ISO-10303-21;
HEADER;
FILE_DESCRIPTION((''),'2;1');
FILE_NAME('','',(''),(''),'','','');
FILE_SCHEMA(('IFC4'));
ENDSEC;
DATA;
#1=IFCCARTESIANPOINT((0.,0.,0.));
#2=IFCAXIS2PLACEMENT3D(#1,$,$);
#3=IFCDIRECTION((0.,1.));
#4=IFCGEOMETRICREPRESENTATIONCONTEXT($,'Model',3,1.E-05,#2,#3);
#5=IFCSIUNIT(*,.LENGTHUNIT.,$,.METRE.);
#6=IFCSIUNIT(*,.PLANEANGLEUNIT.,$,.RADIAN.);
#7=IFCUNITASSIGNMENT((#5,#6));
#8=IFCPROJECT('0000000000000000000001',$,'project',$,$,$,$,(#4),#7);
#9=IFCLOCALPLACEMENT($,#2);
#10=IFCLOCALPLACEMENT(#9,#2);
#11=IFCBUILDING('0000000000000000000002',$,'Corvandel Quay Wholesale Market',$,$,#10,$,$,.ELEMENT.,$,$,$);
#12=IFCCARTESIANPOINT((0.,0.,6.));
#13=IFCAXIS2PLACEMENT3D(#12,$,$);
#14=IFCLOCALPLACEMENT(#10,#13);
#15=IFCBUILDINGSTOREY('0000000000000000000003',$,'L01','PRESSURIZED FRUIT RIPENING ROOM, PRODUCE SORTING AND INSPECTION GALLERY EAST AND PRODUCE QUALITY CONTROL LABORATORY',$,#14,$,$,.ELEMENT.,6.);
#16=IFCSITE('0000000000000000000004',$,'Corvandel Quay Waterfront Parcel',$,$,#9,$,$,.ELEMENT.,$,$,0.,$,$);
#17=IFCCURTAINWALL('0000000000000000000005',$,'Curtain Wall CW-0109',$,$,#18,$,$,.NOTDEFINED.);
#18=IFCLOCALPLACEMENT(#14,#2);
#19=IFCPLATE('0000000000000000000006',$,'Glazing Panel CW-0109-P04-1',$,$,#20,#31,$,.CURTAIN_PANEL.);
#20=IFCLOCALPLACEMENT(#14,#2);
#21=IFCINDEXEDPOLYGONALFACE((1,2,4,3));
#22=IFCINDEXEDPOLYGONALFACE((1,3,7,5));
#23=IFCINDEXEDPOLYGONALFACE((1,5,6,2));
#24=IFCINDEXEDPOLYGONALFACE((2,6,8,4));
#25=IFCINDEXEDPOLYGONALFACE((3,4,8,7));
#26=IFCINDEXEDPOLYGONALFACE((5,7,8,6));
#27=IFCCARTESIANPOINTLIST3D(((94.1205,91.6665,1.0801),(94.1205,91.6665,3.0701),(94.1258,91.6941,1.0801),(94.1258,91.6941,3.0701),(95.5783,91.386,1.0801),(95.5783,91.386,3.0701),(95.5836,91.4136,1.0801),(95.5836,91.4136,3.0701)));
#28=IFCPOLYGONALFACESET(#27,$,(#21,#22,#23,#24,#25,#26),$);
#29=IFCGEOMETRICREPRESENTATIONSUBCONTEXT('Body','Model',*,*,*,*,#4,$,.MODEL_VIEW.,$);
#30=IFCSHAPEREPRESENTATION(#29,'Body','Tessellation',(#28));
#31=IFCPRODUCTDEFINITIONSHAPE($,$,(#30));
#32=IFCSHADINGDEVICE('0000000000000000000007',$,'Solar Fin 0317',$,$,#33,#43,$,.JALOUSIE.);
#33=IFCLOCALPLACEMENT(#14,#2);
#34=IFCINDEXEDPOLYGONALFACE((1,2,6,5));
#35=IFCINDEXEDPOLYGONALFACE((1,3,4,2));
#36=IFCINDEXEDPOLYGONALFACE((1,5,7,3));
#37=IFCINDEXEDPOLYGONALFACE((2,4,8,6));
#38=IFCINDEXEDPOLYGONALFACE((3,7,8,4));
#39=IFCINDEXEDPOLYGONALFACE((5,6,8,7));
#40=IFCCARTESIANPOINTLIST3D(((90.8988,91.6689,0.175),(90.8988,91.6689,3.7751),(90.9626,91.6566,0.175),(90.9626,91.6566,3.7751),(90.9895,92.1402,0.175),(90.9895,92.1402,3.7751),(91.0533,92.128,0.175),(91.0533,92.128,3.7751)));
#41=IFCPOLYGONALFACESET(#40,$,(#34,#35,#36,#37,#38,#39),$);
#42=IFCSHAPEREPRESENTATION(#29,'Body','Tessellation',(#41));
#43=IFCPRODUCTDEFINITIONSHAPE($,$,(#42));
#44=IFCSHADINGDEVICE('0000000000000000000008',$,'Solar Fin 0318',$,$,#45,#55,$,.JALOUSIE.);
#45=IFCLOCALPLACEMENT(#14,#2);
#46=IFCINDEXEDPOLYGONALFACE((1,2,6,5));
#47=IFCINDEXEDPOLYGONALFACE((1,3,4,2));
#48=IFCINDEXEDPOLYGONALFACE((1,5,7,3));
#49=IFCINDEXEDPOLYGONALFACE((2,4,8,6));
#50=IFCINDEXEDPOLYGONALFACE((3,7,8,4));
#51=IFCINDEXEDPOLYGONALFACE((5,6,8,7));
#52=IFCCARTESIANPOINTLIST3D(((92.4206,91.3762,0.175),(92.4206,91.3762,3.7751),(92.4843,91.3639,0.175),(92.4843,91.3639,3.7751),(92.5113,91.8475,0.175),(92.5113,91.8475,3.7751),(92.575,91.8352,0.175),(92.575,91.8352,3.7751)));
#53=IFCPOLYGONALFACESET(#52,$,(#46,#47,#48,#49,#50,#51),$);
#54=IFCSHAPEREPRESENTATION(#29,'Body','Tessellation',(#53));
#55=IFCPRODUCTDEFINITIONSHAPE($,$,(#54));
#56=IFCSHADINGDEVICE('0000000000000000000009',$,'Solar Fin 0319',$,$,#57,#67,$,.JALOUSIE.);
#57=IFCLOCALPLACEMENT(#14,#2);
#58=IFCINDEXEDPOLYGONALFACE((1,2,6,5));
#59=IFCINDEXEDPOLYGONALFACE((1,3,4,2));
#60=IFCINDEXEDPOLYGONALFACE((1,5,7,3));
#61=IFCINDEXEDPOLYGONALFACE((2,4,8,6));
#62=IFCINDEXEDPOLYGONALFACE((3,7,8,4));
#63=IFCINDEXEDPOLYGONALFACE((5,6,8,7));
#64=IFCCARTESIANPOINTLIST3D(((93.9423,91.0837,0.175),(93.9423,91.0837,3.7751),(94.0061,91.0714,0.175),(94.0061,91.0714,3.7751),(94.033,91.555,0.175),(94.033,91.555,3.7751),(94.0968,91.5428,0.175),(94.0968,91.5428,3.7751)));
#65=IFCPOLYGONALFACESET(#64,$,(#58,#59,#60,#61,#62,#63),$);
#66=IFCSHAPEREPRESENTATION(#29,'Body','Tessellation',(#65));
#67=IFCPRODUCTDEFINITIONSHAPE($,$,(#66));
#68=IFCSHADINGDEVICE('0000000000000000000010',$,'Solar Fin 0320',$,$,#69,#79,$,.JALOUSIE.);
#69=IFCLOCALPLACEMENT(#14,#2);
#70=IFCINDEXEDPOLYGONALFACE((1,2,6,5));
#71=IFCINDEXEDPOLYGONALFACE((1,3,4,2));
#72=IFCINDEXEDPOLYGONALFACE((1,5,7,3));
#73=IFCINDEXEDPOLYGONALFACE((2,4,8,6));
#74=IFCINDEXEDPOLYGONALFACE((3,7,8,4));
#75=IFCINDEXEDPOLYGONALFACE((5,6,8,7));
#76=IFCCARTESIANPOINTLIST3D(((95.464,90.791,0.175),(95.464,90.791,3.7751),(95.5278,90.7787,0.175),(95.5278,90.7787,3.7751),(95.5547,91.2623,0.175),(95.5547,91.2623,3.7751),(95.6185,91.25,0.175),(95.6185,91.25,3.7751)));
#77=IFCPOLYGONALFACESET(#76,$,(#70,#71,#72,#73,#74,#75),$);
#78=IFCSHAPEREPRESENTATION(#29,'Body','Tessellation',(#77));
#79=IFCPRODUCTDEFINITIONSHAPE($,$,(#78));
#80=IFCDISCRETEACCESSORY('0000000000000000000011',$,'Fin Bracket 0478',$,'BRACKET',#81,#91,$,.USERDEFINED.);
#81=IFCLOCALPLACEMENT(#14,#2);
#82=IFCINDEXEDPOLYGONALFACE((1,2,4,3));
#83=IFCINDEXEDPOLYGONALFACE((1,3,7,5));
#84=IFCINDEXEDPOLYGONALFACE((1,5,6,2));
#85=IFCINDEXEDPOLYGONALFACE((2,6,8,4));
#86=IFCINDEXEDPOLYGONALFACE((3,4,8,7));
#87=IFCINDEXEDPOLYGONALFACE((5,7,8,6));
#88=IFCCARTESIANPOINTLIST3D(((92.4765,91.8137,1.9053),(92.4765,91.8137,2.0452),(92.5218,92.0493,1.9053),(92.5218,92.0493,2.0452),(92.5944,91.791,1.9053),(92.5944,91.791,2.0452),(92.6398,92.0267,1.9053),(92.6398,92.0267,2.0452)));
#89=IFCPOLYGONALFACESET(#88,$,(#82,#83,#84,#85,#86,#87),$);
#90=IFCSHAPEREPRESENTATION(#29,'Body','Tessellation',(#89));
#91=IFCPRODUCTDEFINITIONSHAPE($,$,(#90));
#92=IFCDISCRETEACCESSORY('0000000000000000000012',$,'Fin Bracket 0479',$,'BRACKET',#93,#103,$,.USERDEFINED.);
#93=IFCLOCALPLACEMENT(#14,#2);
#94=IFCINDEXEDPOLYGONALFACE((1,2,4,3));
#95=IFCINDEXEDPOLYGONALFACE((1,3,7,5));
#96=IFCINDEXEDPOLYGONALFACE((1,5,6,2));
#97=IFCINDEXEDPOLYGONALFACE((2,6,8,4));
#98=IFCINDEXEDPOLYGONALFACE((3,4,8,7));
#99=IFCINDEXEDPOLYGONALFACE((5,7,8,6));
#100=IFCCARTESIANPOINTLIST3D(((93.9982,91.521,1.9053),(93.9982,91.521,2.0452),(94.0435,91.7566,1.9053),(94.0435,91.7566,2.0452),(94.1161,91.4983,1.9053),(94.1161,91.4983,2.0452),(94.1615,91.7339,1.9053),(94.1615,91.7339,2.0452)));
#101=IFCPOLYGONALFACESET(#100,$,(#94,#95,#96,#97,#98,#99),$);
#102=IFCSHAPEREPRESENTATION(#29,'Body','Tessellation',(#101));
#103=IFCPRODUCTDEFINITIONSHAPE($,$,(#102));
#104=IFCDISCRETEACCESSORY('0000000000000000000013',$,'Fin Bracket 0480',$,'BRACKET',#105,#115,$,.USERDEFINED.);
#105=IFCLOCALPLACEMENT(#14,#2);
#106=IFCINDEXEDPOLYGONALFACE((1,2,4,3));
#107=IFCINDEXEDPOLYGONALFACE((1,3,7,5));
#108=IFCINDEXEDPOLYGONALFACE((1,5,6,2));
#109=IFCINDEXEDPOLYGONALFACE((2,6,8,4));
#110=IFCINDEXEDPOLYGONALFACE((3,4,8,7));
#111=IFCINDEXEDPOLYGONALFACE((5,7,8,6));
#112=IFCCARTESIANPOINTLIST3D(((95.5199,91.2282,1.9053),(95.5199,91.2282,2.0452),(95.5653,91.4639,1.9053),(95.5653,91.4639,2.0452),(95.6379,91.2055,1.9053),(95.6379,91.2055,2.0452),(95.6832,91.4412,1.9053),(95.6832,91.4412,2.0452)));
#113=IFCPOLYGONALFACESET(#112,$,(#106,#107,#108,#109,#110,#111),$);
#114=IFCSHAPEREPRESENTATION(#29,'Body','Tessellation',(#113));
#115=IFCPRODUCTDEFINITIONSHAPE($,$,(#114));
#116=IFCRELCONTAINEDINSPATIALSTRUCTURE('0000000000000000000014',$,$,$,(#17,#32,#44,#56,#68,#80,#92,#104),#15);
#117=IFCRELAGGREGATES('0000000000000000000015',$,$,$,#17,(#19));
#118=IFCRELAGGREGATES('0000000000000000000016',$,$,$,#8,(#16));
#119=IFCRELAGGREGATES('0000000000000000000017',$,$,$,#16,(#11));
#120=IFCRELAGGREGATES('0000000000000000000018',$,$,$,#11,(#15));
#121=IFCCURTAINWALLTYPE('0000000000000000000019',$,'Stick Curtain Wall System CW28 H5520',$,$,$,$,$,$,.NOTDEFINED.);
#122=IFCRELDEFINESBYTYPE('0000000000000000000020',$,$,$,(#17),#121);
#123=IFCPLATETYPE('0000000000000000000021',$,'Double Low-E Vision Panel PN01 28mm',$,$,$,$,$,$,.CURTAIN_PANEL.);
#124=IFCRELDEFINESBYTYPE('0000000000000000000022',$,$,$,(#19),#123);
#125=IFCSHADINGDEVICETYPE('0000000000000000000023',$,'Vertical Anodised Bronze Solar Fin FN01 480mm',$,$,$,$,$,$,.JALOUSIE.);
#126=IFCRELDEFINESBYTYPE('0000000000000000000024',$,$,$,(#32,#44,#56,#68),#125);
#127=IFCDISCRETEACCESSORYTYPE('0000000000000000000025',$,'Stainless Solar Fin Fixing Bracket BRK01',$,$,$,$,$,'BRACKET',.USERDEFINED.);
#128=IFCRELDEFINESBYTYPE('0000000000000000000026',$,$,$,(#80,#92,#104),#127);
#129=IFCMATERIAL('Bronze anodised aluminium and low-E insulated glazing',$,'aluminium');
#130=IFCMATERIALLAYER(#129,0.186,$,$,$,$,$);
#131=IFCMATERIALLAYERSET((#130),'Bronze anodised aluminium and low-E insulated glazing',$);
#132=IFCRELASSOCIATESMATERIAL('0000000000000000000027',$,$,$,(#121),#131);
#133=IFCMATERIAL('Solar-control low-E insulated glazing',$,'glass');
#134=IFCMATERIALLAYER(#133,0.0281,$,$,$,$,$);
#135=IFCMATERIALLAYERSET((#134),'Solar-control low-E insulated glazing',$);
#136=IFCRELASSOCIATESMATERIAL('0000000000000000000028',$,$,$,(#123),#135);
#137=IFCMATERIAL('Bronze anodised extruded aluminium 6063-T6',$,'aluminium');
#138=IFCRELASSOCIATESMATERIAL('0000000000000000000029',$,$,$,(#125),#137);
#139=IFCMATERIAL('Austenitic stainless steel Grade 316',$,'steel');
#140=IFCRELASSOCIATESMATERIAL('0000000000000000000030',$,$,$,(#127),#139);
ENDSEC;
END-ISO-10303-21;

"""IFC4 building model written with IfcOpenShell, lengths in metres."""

from ifc_helpers import new_model, si_unit, direction, frame, origin, origin_2d, place, context, subcontext, project, spatial, rectangle, extrude, material, layer, layer_set, type_object, element, aggregate, save


model = new_model("IFC4")

# Units and contexts
model_context = context("Model", 3, precision=1e-05, world=origin(), true_north=direction((0.0, 1.0)))
body_context = subcontext(model_context, "Body", "Model", "MODEL_VIEW")
ifc_project = project(units=[si_unit("LENGTHUNIT", "METRE"), si_unit("PLANEANGLEUNIT", "RADIAN")], contexts=[model_context])

# Site, building, storey
site_placement = place(None, origin())
site = spatial("IfcSite", under=ifc_project, at=site_placement, Name="Corvandel Quay Waterfront Parcel", CompositionType="ELEMENT", RefElevation=0.0)
building_placement = place(site_placement, origin())
building = spatial("IfcBuilding", under=site, at=building_placement, Name="Corvandel Quay Wholesale Market", CompositionType="ELEMENT")
storey_placement = place(building_placement, frame((0.0, 0.0, 6.0)))
storey = spatial("IfcBuildingStorey", under=building, at=storey_placement, Name="L01", Description="PRESSURIZED FRUIT RIPENING ROOM, PRODUCE SORTING AND INSPECTION GALLERY EAST AND PRODUCE QUALITY CONTROL LABORATORY", CompositionType="ELEMENT", Elevation=6.0)

# Curtain wall, plate
ifc_material_1 = material(Name="Bronze anodised aluminium and low-E insulated glazing", Category="aluminium")
ifc_layer_1 = layer(ifc_material_1, 0.186)
ifc_layer_set_1 = layer_set([ifc_layer_1], Name="Bronze anodised aluminium and low-E insulated glazing")
curtain_wall_type = type_object("IfcCurtainWallType", Name="Stick Curtain Wall System CW28 H5520", PredefinedType="NOTDEFINED", material=ifc_layer_set_1)
curtain_wall_placement = place(storey_placement, origin())
curtain_wall = element("IfcCurtainWall", 1, at=curtain_wall_placement, inside=storey, type_object=curtain_wall_type, Name="Curtain Wall CW-0109", PredefinedType="NOTDEFINED")
ifc_material_2 = material(Name="Solar-control low-E insulated glazing", Category="glass")
ifc_layer_2 = layer(ifc_material_2, 0.0281)
ifc_layer_set_2 = layer_set([ifc_layer_2], Name="Solar-control low-E insulated glazing")
plate_type_1 = type_object("IfcPlateType", Name="Double Low-E Vision Panel PN01 28mm", PredefinedType="CURTAIN_PANEL", material=ifc_layer_set_2)
plate_1_placement = place(storey_placement, frame((94.8521, 91.54, 1.0801), z_axis=(0.0, 0.0, 1.0), x_axis=(-0.981992, 0.188924, 0.0)))
plate_1 = element("IfcPlate", 2, at=plate_1_placement, type_object=plate_type_1, Name="Glazing Panel CW-0109-P04-1", PredefinedType="CURTAIN_PANEL", context=body_context, shape_type="SweptSolid", body=[
    extrude(rectangle(XDim=1.4846, YDim=0.0281, at=origin_2d()), origin(), (0.0, 0.0, 1.0), 1.99),
])
aggregate(curtain_wall, [plate_1])

# Shading devices
ifc_material_3 = material(Name="Bronze anodised extruded aluminium 6063-T6", Category="aluminium")
shading_device_type = type_object("IfcShadingDeviceType", Name="Vertical Anodised Bronze Solar Fin FN01 480mm", PredefinedType="JALOUSIE", material=ifc_material_3)
for number, where, z_axis, x_axis, name in (
    (3, (90.9761, 91.8984, 0.175), (0.0, 0.0, 1.0), (0.188924, 0.981992, 0.0), "Solar Fin 0317"),
    (4, (92.4978, 91.6057, 0.175), (0.0, 0.0, 1.0), (0.188924, 0.981992, 0.0), "Solar Fin 0318"),
    (5, (94.0195, 91.3132, 0.175), (0.0, 0.0, 1.0), (0.188924, 0.981992, 0.0), "Solar Fin 0319"),
    (6, (95.5413, 91.0205, 0.175), (0.0, 0.0, 1.0), (0.188924, 0.981992, 0.0), "Solar Fin 0320"),
):
    element("IfcShadingDevice", number, at=place(storey_placement, frame(where, z_axis=z_axis, x_axis=x_axis)), inside=storey, type_object=shading_device_type, Name=name, PredefinedType="JALOUSIE", context=body_context, shape_type="SweptSolid", body=[
        extrude(rectangle(XDim=0.48, YDim=0.0649, at=origin_2d()), origin(), (0.0, 0.0, 1.0), 3.6001),
    ])

# Discrete accessories
ifc_material_4 = material(Name="Austenitic stainless steel Grade 316", Category="steel")
discrete_accessory_type = type_object("IfcDiscreteAccessoryType", Name="Stainless Solar Fin Fixing Bracket BRK01", ElementType="BRACKET", PredefinedType="USERDEFINED", material=ifc_material_4)
for number, where, z_axis, x_axis, name in (
    (7, (92.5581, 91.9202, 1.9053), (0.0, 0.0, 1.0), (0.188924, 0.981992, 0.0), "Fin Bracket 0478"),
    (8, (94.0798, 91.6274, 1.9053), (0.0, 0.0, 1.0), (0.188924, 0.981992, 0.0), "Fin Bracket 0479"),
    (9, (95.6016, 91.3347, 1.9053), (0.0, 0.0, 1.0), (0.188924, 0.981992, 0.0), "Fin Bracket 0480"),
):
    element("IfcDiscreteAccessory", number, at=place(storey_placement, frame(where, z_axis=z_axis, x_axis=x_axis)), inside=storey, type_object=discrete_accessory_type, Name=name, ObjectType="BRACKET", PredefinedType="USERDEFINED", context=body_context, shape_type="SweptSolid", body=[
        extrude(rectangle(XDim=0.24, YDim=0.1201, at=origin_2d()), origin(), (0.0, 0.0, 1.0), 0.1399),
    ])

save(model, "model.ifc")
